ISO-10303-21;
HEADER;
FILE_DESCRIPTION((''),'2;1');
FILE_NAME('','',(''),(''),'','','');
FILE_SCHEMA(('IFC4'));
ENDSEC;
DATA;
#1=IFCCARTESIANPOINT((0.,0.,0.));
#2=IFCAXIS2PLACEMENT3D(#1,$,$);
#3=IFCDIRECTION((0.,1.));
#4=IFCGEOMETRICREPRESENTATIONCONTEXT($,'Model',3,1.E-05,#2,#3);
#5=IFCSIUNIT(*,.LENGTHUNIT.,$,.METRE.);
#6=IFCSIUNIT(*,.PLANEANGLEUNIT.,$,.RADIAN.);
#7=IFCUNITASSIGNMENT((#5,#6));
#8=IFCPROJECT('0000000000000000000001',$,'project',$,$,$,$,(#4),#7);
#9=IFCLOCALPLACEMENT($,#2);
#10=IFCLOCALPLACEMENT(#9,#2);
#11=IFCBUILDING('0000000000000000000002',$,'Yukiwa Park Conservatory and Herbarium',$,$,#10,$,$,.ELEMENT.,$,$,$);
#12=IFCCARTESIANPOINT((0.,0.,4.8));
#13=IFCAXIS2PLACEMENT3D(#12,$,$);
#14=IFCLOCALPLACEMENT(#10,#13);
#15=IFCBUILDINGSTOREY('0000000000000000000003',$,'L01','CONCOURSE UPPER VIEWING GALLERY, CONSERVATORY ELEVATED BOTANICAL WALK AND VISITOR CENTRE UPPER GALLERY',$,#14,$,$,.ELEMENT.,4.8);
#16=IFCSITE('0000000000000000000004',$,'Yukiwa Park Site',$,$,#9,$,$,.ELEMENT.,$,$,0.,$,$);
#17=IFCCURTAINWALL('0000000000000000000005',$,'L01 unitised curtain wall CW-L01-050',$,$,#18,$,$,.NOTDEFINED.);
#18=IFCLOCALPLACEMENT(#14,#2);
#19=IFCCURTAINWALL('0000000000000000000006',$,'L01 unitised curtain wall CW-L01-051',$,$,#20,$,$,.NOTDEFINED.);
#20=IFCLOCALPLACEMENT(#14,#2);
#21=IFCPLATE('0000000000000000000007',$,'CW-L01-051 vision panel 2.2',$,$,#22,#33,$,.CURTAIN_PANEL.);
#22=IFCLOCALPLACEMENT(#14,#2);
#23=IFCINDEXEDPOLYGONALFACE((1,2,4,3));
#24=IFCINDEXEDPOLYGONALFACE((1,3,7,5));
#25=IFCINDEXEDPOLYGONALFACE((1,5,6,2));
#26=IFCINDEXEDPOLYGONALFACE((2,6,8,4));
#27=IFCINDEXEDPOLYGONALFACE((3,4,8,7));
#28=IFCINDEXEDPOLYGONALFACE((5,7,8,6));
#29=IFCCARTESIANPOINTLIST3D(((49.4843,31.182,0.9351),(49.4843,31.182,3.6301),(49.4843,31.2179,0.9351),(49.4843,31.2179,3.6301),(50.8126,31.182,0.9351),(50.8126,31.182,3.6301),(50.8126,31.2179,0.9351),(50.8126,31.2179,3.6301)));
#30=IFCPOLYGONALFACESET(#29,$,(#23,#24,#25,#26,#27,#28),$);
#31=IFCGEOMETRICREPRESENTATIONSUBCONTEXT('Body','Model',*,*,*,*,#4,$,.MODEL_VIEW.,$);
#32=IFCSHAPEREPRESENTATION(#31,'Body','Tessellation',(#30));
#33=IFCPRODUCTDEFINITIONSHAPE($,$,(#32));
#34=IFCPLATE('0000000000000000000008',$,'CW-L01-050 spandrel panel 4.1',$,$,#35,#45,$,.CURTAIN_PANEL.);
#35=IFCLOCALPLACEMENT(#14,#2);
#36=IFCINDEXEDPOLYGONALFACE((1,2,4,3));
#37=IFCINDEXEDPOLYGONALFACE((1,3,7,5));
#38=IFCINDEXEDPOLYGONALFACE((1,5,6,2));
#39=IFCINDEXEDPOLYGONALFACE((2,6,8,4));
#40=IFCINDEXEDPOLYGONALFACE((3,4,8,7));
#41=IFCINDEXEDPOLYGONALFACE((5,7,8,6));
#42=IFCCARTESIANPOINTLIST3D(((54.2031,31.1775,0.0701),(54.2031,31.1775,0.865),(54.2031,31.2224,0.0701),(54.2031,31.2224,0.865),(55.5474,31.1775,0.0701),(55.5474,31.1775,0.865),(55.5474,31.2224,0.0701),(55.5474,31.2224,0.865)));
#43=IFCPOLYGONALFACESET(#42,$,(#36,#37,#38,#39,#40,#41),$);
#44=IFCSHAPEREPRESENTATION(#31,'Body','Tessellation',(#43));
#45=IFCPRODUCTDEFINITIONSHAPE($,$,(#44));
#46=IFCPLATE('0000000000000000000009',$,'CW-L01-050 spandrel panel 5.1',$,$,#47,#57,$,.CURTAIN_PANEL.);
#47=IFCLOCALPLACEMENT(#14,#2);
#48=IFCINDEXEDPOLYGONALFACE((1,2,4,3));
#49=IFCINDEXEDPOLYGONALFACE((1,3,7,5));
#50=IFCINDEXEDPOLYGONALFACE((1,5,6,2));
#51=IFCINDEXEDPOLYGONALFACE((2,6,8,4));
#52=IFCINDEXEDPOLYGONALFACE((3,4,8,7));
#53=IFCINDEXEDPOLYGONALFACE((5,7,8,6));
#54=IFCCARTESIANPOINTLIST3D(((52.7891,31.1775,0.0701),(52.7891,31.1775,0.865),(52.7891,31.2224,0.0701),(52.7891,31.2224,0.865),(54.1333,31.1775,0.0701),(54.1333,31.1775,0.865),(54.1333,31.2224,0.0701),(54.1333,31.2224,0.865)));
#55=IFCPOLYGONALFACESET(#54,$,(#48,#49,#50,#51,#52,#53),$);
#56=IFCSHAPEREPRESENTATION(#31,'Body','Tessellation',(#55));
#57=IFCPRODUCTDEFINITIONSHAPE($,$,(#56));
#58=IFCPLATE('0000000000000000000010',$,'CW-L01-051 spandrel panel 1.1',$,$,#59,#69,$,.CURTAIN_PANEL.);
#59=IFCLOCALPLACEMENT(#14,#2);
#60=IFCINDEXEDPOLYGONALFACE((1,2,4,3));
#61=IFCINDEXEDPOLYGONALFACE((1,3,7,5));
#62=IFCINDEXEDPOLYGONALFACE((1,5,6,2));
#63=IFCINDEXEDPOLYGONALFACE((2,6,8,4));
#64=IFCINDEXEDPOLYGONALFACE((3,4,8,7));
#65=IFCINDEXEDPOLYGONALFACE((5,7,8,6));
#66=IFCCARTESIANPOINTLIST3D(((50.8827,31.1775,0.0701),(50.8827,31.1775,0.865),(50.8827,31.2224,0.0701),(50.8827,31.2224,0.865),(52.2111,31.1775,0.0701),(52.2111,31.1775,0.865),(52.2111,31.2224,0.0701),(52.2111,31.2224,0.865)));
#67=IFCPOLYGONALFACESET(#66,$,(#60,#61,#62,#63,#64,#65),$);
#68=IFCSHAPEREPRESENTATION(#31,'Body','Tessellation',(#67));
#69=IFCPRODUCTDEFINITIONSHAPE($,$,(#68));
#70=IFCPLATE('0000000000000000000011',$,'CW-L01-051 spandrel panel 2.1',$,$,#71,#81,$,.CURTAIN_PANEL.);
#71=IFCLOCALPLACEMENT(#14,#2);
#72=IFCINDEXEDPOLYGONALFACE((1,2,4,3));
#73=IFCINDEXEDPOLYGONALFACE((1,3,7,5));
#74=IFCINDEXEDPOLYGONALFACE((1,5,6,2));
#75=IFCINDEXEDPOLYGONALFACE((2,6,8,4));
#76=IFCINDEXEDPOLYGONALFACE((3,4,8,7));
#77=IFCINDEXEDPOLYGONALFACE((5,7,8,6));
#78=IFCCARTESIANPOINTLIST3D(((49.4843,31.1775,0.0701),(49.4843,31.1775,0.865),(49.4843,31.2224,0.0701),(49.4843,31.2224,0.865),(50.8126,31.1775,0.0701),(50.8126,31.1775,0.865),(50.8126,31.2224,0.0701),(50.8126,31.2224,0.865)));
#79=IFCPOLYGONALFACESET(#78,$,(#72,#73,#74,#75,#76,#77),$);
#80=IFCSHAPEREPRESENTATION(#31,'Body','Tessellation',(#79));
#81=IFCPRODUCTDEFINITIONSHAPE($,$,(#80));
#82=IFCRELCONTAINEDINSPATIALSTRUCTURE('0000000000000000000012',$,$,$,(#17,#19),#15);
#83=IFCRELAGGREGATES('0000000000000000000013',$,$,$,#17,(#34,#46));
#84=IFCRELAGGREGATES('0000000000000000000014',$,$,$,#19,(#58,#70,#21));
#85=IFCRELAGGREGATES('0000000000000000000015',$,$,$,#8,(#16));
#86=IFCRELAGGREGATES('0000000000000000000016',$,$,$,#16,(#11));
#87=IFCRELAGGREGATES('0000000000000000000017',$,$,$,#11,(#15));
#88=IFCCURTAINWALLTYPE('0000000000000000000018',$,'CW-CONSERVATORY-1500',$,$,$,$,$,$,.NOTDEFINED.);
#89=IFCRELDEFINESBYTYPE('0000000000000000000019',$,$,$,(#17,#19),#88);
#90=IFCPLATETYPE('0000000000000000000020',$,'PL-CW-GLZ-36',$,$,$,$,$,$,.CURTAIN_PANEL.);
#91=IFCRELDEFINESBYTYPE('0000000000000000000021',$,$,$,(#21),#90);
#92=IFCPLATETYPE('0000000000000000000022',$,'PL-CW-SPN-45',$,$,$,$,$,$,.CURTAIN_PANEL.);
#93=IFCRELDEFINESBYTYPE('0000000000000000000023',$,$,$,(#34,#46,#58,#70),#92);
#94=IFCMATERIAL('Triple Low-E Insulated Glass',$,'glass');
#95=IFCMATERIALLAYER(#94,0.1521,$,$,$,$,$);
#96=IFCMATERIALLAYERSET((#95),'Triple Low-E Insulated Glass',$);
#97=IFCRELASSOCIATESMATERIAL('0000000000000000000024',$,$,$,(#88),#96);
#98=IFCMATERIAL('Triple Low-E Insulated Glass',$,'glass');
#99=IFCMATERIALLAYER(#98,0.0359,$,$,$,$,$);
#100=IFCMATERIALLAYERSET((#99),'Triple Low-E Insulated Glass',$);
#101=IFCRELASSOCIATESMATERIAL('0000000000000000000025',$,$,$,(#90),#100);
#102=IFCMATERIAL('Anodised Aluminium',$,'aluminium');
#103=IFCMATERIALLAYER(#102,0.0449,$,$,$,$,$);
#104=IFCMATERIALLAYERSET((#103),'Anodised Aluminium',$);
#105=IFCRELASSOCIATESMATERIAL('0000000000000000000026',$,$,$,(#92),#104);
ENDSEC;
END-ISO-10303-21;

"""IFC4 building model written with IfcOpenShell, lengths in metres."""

from ifc_helpers import new_model, si_unit, direction, frame, origin, origin_2d, place, context, subcontext, project, spatial, rectangle, extrude, material, layer, layer_set, type_object, element, aggregate, save


model = new_model("IFC4")

# Units and contexts
model_context = context("Model", 3, precision=1e-05, world=origin(), true_north=direction((0.0, 1.0)))
body_context = subcontext(model_context, "Body", "Model", "MODEL_VIEW")
ifc_project = project(units=[si_unit("LENGTHUNIT", "METRE"), si_unit("PLANEANGLEUNIT", "RADIAN")], contexts=[model_context])

# Site, building, storey
site_placement = place(None, origin())
site = spatial("IfcSite", under=ifc_project, at=site_placement, Name="Yukiwa Park Site", CompositionType="ELEMENT", RefElevation=0.0)
building_placement = place(site_placement, origin())
building = spatial("IfcBuilding", under=site, at=building_placement, Name="Yukiwa Park Conservatory and Herbarium", CompositionType="ELEMENT")
storey_placement = place(building_placement, frame((0.0, 0.0, 4.8)))
storey = spatial("IfcBuildingStorey", under=building, at=storey_placement, Name="L01", Description="CONCOURSE UPPER VIEWING GALLERY, CONSERVATORY ELEVATED BOTANICAL WALK AND VISITOR CENTRE UPPER GALLERY", CompositionType="ELEMENT", Elevation=4.8)

# Curtain walls
ifc_material_1 = material(Name="Triple Low-E Insulated Glass", Category="glass")
ifc_layer_1 = layer(ifc_material_1, 0.1521)
ifc_layer_set_1 = layer_set([ifc_layer_1], Name="Triple Low-E Insulated Glass")
curtain_wall_type = type_object("IfcCurtainWallType", Name="CW-CONSERVATORY-1500", PredefinedType="NOTDEFINED", material=ifc_layer_set_1)
curtain_wall_1_placement = place(storey_placement, origin())
curtain_wall_1 = element("IfcCurtainWall", 1, at=curtain_wall_1_placement, inside=storey, type_object=curtain_wall_type, Name="L01 unitised curtain wall CW-L01-050", PredefinedType="NOTDEFINED")
curtain_wall_2_placement = place(storey_placement, origin())
curtain_wall_2 = element("IfcCurtainWall", 2, at=curtain_wall_2_placement, inside=storey, type_object=curtain_wall_type, Name="L01 unitised curtain wall CW-L01-051", PredefinedType="NOTDEFINED")

# Plates
ifc_material_2 = material(Name="Triple Low-E Insulated Glass", Category="glass")
ifc_layer_2 = layer(ifc_material_2, 0.0359)
ifc_layer_set_2 = layer_set([ifc_layer_2], Name="Triple Low-E Insulated Glass")
plate_type_1 = type_object("IfcPlateType", Name="PL-CW-GLZ-36", PredefinedType="CURTAIN_PANEL", material=ifc_layer_set_2)
plate_1_placement = place(storey_placement, frame((50.1484, 31.2, 0.9351), z_axis=(0.0, 0.0, 1.0), x_axis=(-1.0, 0.0, 0.0)))
plate_1 = element("IfcPlate", 3, at=plate_1_placement, type_object=plate_type_1, Name="CW-L01-051 vision panel 2.2", PredefinedType="CURTAIN_PANEL", context=body_context, shape_type="SweptSolid", body=[
    extrude(rectangle(XDim=1.3284, YDim=0.0359, at=origin_2d()), origin(), (0.0, 0.0, 1.0), 2.6951),
])
ifc_material_3 = material(Name="Anodised Aluminium", Category="aluminium")
ifc_layer_3 = layer(ifc_material_3, 0.0449)
ifc_layer_set_3 = layer_set([ifc_layer_3], Name="Anodised Aluminium")
plate_type_2 = type_object("IfcPlateType", Name="PL-CW-SPN-45", PredefinedType="CURTAIN_PANEL", material=ifc_layer_set_3)
plate_2_placement = place(storey_placement, frame((54.8752, 31.2, 0.0701), z_axis=(0.0, 0.0, 1.0), x_axis=(-1.0, 0.0, 0.0)))
plate_2 = element("IfcPlate", 4, at=plate_2_placement, type_object=plate_type_2, Name="CW-L01-050 spandrel panel 4.1", PredefinedType="CURTAIN_PANEL", context=body_context, shape_type="SweptSolid", body=[
    extrude(rectangle(XDim=1.3442, YDim=0.0449, at=origin_2d()), origin(), (0.0, 0.0, 1.0), 0.7949),
])
plate_3_placement = place(storey_placement, frame((53.4612, 31.2, 0.0701), z_axis=(0.0, 0.0, 1.0), x_axis=(-1.0, 0.0, 0.0)))
plate_3 = element("IfcPlate", 5, at=plate_3_placement, type_object=plate_type_2, Name="CW-L01-050 spandrel panel 5.1", PredefinedType="CURTAIN_PANEL", context=body_context, shape_type="SweptSolid", body=[
    extrude(rectangle(XDim=1.3442, YDim=0.0449, at=origin_2d()), origin(), (0.0, 0.0, 1.0), 0.7949),
])
aggregate(curtain_wall_1, [plate_2, plate_3])
plate_4_placement = place(storey_placement, frame((51.5469, 31.2, 0.0701), z_axis=(0.0, 0.0, 1.0), x_axis=(-1.0, 0.0, 0.0)))
plate_4 = element("IfcPlate", 6, at=plate_4_placement, type_object=plate_type_2, Name="CW-L01-051 spandrel panel 1.1", PredefinedType="CURTAIN_PANEL", context=body_context, shape_type="SweptSolid", body=[
    extrude(rectangle(XDim=1.3284, YDim=0.0449, at=origin_2d()), origin(), (0.0, 0.0, 1.0), 0.7949),
])
plate_5_placement = place(storey_placement, frame((50.1484, 31.2, 0.0701), z_axis=(0.0, 0.0, 1.0), x_axis=(-1.0, 0.0, 0.0)))
plate_5 = element("IfcPlate", 7, at=plate_5_placement, type_object=plate_type_2, Name="CW-L01-051 spandrel panel 2.1", PredefinedType="CURTAIN_PANEL", context=body_context, shape_type="SweptSolid", body=[
    extrude(rectangle(XDim=1.3284, YDim=0.0449, at=origin_2d()), origin(), (0.0, 0.0, 1.0), 0.7949),
])
aggregate(curtain_wall_2, [plate_4, plate_5, plate_1])

save(model, "model.ifc")
